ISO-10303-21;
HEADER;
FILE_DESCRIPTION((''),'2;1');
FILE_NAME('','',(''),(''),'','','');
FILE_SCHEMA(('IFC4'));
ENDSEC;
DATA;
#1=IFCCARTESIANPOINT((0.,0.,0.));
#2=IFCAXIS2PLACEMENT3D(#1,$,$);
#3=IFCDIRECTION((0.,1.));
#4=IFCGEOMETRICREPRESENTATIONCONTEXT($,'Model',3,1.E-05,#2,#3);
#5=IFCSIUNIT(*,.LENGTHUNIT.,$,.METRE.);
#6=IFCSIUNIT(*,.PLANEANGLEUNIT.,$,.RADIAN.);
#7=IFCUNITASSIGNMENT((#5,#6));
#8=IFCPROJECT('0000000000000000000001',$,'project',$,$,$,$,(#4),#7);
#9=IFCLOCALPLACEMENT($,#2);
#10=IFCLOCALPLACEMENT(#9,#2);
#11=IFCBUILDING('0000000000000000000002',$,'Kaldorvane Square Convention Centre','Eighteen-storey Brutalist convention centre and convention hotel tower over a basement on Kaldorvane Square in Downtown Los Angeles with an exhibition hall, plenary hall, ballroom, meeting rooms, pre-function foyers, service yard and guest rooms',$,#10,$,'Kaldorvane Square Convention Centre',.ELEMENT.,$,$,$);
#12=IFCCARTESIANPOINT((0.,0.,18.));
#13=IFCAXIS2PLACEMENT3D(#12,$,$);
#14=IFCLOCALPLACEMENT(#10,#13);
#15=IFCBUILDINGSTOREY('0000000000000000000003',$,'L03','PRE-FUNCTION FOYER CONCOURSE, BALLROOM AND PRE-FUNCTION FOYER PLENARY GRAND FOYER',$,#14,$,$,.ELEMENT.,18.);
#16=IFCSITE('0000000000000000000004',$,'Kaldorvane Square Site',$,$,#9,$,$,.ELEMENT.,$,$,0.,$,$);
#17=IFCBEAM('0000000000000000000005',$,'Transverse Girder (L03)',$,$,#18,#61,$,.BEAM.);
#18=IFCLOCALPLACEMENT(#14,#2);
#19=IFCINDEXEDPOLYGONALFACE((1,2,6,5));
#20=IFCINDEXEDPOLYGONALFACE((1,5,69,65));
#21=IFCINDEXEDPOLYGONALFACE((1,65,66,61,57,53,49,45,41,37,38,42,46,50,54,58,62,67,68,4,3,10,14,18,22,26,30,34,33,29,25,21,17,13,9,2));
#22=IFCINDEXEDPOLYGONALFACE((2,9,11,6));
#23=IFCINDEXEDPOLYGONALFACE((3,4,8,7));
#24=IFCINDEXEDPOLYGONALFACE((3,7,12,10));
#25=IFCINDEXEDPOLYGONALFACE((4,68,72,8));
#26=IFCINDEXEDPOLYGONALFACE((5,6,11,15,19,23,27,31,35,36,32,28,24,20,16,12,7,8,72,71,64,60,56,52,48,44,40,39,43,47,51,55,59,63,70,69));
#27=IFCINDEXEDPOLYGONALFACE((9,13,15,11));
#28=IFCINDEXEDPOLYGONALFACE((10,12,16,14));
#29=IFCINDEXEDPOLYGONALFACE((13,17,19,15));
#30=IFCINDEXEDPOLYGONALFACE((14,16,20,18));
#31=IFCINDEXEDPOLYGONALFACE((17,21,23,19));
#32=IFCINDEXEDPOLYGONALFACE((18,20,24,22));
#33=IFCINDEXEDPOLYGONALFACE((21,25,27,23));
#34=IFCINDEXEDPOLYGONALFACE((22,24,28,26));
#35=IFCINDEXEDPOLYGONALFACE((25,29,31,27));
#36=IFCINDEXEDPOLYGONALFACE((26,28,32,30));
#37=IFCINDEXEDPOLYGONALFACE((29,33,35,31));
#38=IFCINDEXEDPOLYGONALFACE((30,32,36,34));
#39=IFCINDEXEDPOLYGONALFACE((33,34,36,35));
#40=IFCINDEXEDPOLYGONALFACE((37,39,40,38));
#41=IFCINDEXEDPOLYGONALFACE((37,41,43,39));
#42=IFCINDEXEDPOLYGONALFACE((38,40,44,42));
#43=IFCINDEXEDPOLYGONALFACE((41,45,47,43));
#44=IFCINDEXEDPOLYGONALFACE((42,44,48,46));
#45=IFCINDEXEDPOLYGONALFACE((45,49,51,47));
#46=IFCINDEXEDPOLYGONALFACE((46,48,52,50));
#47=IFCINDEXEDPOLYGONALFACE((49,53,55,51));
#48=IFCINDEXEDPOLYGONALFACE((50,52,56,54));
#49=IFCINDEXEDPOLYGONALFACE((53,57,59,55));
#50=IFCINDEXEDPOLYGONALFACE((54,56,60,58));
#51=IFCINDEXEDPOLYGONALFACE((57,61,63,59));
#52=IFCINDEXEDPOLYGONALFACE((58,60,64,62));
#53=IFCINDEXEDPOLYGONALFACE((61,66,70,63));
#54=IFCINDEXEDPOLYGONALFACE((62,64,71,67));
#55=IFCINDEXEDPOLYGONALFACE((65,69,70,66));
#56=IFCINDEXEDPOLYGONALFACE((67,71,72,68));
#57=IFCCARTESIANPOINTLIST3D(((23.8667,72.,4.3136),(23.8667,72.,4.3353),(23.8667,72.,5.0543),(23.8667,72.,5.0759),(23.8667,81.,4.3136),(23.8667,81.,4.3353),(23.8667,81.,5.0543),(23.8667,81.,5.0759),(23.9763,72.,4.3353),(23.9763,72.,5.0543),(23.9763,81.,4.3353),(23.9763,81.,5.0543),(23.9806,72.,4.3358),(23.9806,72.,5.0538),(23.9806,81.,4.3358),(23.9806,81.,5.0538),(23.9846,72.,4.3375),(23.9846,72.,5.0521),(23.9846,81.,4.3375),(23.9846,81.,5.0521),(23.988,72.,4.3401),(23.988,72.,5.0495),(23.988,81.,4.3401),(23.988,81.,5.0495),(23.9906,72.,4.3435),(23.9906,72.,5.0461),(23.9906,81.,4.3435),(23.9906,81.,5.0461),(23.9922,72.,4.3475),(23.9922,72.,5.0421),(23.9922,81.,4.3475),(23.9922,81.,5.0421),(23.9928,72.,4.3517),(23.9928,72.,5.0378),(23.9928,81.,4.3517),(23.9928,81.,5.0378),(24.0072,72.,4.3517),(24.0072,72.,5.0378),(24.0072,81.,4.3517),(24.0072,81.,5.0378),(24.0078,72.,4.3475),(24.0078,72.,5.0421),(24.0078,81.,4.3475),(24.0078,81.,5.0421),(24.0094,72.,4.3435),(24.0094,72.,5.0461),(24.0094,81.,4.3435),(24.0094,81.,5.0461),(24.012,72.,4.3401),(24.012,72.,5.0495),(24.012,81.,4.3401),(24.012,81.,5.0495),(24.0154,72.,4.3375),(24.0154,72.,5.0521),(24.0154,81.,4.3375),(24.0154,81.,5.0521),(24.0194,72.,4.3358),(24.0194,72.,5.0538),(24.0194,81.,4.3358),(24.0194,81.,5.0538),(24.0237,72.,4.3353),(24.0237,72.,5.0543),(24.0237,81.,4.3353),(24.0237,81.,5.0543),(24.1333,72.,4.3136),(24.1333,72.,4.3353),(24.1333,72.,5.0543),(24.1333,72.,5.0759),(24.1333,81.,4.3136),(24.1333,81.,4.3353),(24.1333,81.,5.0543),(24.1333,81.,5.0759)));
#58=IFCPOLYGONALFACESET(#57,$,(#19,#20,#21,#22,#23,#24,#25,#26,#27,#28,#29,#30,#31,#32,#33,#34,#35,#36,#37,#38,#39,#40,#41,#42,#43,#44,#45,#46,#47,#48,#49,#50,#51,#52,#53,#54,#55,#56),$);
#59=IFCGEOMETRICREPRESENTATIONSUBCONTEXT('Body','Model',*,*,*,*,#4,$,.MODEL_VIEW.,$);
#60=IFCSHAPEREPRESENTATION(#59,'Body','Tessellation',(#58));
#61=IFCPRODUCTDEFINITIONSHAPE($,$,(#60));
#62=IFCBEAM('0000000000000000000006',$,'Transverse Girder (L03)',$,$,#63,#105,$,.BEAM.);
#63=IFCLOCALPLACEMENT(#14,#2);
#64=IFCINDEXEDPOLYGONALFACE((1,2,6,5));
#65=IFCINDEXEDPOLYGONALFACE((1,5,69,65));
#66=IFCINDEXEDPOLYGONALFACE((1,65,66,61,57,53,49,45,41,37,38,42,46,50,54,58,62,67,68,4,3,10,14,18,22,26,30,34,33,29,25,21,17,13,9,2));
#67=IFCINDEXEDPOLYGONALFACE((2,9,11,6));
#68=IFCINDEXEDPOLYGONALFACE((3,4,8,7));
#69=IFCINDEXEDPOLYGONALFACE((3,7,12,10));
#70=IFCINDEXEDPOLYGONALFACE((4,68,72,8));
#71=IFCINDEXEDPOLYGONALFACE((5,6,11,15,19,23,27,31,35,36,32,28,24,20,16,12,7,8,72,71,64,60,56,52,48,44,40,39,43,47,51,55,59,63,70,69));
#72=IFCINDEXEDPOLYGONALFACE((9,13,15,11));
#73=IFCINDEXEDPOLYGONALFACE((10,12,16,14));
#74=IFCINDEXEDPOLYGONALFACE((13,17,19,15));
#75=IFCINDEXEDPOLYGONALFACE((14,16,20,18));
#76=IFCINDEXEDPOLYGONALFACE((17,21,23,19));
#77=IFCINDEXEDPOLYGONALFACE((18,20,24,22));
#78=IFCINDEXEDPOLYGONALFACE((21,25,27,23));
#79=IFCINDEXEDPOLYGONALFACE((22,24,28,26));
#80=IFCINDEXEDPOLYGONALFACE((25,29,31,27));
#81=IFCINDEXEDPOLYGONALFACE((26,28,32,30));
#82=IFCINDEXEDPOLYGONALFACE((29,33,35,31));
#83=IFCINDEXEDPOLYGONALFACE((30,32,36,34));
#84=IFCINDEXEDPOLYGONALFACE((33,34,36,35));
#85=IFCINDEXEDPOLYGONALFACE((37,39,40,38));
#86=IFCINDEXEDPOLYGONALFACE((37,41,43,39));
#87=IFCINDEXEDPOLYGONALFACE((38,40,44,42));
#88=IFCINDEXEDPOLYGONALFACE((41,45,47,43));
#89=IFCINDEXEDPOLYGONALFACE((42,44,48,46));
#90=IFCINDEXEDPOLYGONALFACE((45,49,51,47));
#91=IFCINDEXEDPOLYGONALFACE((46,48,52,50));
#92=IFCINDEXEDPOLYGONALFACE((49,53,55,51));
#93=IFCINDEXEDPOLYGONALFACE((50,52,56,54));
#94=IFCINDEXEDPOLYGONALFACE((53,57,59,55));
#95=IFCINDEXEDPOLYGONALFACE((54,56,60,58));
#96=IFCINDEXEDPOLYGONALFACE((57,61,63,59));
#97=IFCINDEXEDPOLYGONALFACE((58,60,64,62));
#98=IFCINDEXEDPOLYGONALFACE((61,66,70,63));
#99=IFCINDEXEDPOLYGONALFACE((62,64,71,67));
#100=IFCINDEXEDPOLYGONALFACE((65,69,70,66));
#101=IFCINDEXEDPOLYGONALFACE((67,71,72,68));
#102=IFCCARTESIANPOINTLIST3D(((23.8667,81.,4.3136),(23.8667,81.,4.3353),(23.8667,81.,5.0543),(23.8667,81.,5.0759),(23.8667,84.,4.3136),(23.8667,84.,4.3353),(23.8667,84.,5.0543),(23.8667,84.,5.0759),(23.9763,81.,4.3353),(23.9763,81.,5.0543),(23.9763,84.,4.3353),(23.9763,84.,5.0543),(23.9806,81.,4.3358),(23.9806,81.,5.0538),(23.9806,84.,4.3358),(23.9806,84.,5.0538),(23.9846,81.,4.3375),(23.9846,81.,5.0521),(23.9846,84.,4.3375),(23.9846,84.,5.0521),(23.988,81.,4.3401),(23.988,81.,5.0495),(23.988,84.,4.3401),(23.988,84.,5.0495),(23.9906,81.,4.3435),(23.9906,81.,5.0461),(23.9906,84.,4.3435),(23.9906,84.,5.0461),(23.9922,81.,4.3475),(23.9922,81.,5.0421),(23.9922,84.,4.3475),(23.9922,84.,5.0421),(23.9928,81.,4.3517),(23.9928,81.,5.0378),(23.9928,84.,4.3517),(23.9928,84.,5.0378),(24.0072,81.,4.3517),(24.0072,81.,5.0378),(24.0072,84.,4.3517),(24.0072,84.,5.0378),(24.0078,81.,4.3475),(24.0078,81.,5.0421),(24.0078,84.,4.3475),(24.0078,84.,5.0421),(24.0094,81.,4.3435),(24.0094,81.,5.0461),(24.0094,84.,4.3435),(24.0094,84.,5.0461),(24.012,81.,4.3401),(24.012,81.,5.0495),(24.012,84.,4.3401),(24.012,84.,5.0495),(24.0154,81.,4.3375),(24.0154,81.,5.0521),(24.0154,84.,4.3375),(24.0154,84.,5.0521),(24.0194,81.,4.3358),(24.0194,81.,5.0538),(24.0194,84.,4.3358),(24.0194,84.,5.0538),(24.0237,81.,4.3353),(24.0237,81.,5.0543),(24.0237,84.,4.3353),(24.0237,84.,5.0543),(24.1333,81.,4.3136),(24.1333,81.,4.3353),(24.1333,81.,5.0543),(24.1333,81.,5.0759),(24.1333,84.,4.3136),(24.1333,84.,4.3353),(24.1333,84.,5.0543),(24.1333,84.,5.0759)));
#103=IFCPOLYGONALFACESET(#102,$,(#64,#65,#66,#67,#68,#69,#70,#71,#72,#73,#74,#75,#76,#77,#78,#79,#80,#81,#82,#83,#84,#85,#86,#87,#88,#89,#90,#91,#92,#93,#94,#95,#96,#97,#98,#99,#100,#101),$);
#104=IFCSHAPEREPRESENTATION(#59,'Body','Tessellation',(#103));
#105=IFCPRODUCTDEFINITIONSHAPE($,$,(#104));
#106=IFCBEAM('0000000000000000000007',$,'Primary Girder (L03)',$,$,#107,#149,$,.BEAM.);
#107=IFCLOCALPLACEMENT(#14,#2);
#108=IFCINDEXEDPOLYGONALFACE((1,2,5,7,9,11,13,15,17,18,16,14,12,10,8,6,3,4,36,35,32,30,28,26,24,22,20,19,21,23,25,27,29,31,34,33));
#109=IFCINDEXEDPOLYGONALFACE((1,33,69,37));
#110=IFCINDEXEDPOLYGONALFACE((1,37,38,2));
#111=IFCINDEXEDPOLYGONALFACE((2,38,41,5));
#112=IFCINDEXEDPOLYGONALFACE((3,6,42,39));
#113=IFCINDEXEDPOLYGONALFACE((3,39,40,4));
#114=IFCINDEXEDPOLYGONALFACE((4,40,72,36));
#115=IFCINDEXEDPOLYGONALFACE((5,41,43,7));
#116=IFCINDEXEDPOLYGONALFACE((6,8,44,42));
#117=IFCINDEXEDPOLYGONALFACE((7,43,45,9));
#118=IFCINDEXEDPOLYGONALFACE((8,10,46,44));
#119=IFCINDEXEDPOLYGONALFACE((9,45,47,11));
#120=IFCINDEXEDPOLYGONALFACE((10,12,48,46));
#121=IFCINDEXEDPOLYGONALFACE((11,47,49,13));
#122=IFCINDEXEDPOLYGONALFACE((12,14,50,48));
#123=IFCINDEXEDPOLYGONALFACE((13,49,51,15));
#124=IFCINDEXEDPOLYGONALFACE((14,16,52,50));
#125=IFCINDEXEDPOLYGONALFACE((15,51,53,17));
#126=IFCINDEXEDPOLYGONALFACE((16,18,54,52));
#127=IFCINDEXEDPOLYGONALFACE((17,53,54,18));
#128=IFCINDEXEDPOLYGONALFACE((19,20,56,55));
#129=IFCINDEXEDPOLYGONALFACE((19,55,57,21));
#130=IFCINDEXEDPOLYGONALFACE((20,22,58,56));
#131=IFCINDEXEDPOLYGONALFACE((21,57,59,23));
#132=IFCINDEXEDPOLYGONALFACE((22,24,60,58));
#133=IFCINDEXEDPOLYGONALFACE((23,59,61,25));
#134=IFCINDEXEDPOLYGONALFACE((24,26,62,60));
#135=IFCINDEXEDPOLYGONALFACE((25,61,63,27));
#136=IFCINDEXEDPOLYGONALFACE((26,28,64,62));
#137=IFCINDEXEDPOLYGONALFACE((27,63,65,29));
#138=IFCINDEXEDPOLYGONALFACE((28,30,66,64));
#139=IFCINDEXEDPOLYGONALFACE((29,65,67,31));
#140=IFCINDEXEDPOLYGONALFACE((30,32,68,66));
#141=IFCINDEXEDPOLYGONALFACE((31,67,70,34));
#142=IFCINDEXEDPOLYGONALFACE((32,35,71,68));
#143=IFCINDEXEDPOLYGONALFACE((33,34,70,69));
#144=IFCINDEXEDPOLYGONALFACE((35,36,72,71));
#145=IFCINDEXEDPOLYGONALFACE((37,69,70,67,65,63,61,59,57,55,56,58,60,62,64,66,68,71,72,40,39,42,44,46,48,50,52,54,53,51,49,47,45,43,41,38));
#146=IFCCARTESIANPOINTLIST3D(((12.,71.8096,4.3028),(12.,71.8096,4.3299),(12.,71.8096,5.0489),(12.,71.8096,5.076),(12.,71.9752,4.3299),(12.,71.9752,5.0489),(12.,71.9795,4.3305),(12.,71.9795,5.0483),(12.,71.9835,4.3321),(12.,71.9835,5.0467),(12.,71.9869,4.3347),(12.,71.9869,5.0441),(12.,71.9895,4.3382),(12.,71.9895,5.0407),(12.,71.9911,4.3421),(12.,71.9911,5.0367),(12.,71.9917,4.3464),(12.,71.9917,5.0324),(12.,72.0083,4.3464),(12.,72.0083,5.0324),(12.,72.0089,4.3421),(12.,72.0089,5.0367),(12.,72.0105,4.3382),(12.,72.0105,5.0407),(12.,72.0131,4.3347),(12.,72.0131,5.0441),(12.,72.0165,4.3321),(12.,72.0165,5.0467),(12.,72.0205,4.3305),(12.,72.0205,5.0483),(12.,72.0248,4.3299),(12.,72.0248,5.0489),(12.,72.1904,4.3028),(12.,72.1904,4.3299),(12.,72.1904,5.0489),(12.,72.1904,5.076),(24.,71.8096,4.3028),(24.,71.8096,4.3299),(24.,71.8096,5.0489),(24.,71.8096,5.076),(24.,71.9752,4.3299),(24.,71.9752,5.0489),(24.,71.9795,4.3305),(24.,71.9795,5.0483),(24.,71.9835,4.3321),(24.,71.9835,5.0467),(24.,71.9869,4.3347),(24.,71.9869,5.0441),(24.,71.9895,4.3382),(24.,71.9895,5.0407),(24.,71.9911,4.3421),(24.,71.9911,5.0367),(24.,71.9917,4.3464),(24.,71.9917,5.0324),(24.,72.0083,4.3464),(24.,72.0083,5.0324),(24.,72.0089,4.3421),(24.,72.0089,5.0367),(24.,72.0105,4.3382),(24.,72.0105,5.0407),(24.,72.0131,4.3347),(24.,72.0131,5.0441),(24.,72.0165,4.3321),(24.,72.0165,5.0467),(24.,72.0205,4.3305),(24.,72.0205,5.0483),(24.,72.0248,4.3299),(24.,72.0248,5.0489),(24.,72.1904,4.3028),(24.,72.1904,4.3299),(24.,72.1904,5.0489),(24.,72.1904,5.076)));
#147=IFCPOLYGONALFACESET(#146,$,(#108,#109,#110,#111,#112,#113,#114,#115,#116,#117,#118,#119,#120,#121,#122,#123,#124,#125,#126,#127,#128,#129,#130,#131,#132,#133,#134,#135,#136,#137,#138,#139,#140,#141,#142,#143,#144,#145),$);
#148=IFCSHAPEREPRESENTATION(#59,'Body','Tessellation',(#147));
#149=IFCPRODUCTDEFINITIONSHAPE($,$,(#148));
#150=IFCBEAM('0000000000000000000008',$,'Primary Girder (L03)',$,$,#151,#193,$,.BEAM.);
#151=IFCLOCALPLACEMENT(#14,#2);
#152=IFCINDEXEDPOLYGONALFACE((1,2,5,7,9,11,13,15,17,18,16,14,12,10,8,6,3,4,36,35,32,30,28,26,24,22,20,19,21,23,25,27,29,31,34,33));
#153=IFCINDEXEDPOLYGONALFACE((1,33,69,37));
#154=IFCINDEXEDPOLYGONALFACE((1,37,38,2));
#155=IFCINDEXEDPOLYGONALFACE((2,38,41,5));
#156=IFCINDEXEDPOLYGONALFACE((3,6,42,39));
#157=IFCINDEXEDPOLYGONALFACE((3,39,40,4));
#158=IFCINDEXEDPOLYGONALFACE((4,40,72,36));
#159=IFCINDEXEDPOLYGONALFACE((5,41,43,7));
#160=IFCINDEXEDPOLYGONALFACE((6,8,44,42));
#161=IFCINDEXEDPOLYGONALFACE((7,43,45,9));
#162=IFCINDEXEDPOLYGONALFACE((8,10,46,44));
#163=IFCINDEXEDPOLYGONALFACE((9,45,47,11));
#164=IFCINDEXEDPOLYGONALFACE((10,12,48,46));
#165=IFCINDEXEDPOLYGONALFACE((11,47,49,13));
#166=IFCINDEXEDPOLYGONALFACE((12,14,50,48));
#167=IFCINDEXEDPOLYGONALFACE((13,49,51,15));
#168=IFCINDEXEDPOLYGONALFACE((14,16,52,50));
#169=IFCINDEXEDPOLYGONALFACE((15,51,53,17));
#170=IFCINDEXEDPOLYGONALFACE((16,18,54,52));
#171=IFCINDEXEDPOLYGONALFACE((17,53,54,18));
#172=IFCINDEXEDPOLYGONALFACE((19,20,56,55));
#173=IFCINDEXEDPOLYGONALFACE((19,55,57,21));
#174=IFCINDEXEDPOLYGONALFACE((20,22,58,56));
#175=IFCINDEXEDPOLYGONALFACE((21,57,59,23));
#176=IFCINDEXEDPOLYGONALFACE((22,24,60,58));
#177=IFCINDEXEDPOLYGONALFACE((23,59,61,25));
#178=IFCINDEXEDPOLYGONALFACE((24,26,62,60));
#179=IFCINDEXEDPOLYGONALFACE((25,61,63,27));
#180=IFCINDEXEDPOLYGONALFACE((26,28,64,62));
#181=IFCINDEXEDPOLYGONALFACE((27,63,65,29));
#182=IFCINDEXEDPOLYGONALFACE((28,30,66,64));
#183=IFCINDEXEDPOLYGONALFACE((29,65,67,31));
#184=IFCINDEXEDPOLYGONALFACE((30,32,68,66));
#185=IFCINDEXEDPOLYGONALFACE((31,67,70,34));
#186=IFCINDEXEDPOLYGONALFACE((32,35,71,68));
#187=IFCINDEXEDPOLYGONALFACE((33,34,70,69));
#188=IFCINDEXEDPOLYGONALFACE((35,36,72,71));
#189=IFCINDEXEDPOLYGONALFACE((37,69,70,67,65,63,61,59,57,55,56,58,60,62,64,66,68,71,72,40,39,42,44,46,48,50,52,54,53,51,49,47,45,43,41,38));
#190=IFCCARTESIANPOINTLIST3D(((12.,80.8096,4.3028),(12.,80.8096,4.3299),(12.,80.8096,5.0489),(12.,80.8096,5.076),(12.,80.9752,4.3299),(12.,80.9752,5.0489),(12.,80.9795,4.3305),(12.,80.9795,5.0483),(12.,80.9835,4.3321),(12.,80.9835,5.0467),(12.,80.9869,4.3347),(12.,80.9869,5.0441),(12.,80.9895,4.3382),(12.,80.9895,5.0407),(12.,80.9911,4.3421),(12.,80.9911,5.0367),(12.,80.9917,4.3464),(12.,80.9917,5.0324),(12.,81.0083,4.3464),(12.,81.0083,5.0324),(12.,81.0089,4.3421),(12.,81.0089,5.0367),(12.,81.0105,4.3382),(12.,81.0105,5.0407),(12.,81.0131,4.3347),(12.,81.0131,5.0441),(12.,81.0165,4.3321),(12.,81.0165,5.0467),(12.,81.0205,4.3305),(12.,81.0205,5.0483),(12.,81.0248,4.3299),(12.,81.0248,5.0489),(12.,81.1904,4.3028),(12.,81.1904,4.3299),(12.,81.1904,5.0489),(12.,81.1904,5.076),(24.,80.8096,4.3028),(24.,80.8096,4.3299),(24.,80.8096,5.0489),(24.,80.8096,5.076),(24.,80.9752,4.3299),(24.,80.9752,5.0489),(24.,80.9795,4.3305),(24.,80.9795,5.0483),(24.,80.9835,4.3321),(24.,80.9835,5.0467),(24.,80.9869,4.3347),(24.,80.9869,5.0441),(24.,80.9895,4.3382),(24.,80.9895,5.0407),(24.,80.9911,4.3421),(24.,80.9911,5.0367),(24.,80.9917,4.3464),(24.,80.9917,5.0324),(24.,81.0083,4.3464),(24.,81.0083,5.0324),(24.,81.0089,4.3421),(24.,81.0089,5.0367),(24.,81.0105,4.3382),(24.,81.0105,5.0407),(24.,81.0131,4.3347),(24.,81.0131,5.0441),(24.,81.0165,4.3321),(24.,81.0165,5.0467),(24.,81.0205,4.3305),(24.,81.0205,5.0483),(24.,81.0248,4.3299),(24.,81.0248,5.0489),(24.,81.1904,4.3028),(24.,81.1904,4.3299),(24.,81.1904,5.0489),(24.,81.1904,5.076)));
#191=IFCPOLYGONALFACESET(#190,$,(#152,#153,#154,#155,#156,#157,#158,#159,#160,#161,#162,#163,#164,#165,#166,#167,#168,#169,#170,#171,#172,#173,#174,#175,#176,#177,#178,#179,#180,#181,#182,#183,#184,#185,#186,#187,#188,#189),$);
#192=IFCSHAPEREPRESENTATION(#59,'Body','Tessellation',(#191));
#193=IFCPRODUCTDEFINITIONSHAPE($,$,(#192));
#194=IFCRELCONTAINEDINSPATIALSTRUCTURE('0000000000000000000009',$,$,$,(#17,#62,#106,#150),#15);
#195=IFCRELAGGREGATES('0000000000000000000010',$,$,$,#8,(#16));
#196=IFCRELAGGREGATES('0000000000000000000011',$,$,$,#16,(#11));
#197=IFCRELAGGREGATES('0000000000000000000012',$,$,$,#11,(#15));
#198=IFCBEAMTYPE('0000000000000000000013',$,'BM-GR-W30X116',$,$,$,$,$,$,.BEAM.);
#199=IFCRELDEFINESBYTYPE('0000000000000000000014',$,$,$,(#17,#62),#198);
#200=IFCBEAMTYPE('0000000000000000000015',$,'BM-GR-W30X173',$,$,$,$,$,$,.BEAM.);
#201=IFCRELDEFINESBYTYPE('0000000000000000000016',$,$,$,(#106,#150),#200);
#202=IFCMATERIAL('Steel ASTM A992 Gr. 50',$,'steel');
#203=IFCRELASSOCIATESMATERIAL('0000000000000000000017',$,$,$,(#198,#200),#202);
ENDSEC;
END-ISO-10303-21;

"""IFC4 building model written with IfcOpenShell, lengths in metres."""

from ifc_helpers import new_model, si_unit, direction, frame, origin, origin_2d, place, context, subcontext, project, spatial, i_section, extrude, material, material_profile, profile_set, type_object, element, save


model = new_model("IFC4")

# Units and contexts
model_context = context("Model", 3, precision=1e-05, world=origin(), true_north=direction((0.0, 1.0)))
body_context = subcontext(model_context, "Body", "Model", "MODEL_VIEW")
ifc_project = project(units=[si_unit("LENGTHUNIT", "METRE"), si_unit("PLANEANGLEUNIT", "RADIAN")], contexts=[model_context])

# Site, building, storey
site_placement = place(None, origin())
site = spatial("IfcSite", under=ifc_project, at=site_placement, Name="Kaldorvane Square Site", CompositionType="ELEMENT", RefElevation=0.0)
building_placement = place(site_placement, origin())
building = spatial("IfcBuilding", under=site, at=building_placement, Name="Kaldorvane Square Convention Centre", Description="Eighteen-storey Brutalist convention centre and convention hotel tower over a basement on Kaldorvane Square in Downtown Los Angeles with an exhibition hall, plenary hall, ballroom, meeting rooms, pre-function foyers, service yard and guest rooms", LongName="Kaldorvane Square Convention Centre", CompositionType="ELEMENT")
storey_placement = place(building_placement, frame((0.0, 0.0, 18.0)))
storey = spatial("IfcBuildingStorey", under=building, at=storey_placement, Name="L03", Description="PRE-FUNCTION FOYER CONCOURSE, BALLROOM AND PRE-FUNCTION FOYER PLENARY GRAND FOYER", CompositionType="ELEMENT", Elevation=18.0)

# Shared definitions
ifc_material_1 = material(Name="Steel ASTM A992 Gr. 50", Category="steel")

# Beams
ifc_material_profile_1 = material_profile(ifc_material_1, i_section(OverallWidth=0.2666, OverallDepth=0.7623, WebThickness=0.0144, FlangeThickness=0.0216, FilletRadius=0.0165, at=origin_2d()), Name="W30X116")
ifc_profile_set_1 = profile_set([ifc_material_profile_1], Name="Steel ASTM A992 Gr. 50")
beam_type_1 = type_object("IfcBeamType", Name="BM-GR-W30X116", PredefinedType="BEAM", material=ifc_profile_set_1)
beam_1_placement = place(storey_placement, frame((24.0, 72.0, 4.6948), z_axis=(0.0, 1.0, 0.0), x_axis=(-1.0, 0.0, 0.0)))
element("IfcBeam", 1, at=beam_1_placement, inside=storey, type_object=beam_type_1, Name="Transverse Girder (L03)", PredefinedType="BEAM", context=body_context, shape_type="SweptSolid", body=[
    extrude(i_section(OverallWidth=0.2666, OverallDepth=0.7623, WebThickness=0.0144, FlangeThickness=0.0216, FilletRadius=0.0165, at=origin_2d()), origin(), (0.0, 0.0, 1.0), 9.0),
])
beam_2_placement = place(storey_placement, frame((24.0, 81.0, 4.6948), z_axis=(0.0, 1.0, 0.0), x_axis=(-1.0, 0.0, 0.0)))
element("IfcBeam", 2, at=beam_2_placement, inside=storey, type_object=beam_type_1, Name="Transverse Girder (L03)", PredefinedType="BEAM", context=body_context, shape_type="SweptSolid", body=[
    extrude(i_section(OverallWidth=0.2666, OverallDepth=0.7623, WebThickness=0.0144, FlangeThickness=0.0216, FilletRadius=0.0165, at=origin_2d()), origin(), (0.0, 0.0, 1.0), 3.0),
])
ifc_material_profile_2 = material_profile(ifc_material_1, i_section(OverallWidth=0.3807, OverallDepth=0.7732, WebThickness=0.0166, FlangeThickness=0.0271, FilletRadius=0.0165, at=origin_2d()), Name="W30X173")
ifc_profile_set_2 = profile_set([ifc_material_profile_2], Name="Steel ASTM A992 Gr. 50")
beam_type_2 = type_object("IfcBeamType", Name="BM-GR-W30X173", PredefinedType="BEAM", material=ifc_profile_set_2)
for number, where, z_axis, x_axis, name in (
    (3, (12.0, 72.0, 4.6894), (1.0, 0.0, 0.0), (0.0, 1.0, 0.0), "Primary Girder (L03)"),
    (4, (12.0, 81.0, 4.6894), (1.0, 0.0, 0.0), (0.0, 1.0, 0.0), "Primary Girder (L03)"),
):
    element("IfcBeam", number, at=place(storey_placement, frame(where, z_axis=z_axis, x_axis=x_axis)), inside=storey, type_object=beam_type_2, Name=name, PredefinedType="BEAM", context=body_context, shape_type="SweptSolid", body=[
        extrude(i_section(OverallWidth=0.3807, OverallDepth=0.7732, WebThickness=0.0166, FlangeThickness=0.0271, FilletRadius=0.0165, at=origin_2d()), origin(), (0.0, 0.0, 1.0), 12.0),
    ])

save(model, "model.ifc")
